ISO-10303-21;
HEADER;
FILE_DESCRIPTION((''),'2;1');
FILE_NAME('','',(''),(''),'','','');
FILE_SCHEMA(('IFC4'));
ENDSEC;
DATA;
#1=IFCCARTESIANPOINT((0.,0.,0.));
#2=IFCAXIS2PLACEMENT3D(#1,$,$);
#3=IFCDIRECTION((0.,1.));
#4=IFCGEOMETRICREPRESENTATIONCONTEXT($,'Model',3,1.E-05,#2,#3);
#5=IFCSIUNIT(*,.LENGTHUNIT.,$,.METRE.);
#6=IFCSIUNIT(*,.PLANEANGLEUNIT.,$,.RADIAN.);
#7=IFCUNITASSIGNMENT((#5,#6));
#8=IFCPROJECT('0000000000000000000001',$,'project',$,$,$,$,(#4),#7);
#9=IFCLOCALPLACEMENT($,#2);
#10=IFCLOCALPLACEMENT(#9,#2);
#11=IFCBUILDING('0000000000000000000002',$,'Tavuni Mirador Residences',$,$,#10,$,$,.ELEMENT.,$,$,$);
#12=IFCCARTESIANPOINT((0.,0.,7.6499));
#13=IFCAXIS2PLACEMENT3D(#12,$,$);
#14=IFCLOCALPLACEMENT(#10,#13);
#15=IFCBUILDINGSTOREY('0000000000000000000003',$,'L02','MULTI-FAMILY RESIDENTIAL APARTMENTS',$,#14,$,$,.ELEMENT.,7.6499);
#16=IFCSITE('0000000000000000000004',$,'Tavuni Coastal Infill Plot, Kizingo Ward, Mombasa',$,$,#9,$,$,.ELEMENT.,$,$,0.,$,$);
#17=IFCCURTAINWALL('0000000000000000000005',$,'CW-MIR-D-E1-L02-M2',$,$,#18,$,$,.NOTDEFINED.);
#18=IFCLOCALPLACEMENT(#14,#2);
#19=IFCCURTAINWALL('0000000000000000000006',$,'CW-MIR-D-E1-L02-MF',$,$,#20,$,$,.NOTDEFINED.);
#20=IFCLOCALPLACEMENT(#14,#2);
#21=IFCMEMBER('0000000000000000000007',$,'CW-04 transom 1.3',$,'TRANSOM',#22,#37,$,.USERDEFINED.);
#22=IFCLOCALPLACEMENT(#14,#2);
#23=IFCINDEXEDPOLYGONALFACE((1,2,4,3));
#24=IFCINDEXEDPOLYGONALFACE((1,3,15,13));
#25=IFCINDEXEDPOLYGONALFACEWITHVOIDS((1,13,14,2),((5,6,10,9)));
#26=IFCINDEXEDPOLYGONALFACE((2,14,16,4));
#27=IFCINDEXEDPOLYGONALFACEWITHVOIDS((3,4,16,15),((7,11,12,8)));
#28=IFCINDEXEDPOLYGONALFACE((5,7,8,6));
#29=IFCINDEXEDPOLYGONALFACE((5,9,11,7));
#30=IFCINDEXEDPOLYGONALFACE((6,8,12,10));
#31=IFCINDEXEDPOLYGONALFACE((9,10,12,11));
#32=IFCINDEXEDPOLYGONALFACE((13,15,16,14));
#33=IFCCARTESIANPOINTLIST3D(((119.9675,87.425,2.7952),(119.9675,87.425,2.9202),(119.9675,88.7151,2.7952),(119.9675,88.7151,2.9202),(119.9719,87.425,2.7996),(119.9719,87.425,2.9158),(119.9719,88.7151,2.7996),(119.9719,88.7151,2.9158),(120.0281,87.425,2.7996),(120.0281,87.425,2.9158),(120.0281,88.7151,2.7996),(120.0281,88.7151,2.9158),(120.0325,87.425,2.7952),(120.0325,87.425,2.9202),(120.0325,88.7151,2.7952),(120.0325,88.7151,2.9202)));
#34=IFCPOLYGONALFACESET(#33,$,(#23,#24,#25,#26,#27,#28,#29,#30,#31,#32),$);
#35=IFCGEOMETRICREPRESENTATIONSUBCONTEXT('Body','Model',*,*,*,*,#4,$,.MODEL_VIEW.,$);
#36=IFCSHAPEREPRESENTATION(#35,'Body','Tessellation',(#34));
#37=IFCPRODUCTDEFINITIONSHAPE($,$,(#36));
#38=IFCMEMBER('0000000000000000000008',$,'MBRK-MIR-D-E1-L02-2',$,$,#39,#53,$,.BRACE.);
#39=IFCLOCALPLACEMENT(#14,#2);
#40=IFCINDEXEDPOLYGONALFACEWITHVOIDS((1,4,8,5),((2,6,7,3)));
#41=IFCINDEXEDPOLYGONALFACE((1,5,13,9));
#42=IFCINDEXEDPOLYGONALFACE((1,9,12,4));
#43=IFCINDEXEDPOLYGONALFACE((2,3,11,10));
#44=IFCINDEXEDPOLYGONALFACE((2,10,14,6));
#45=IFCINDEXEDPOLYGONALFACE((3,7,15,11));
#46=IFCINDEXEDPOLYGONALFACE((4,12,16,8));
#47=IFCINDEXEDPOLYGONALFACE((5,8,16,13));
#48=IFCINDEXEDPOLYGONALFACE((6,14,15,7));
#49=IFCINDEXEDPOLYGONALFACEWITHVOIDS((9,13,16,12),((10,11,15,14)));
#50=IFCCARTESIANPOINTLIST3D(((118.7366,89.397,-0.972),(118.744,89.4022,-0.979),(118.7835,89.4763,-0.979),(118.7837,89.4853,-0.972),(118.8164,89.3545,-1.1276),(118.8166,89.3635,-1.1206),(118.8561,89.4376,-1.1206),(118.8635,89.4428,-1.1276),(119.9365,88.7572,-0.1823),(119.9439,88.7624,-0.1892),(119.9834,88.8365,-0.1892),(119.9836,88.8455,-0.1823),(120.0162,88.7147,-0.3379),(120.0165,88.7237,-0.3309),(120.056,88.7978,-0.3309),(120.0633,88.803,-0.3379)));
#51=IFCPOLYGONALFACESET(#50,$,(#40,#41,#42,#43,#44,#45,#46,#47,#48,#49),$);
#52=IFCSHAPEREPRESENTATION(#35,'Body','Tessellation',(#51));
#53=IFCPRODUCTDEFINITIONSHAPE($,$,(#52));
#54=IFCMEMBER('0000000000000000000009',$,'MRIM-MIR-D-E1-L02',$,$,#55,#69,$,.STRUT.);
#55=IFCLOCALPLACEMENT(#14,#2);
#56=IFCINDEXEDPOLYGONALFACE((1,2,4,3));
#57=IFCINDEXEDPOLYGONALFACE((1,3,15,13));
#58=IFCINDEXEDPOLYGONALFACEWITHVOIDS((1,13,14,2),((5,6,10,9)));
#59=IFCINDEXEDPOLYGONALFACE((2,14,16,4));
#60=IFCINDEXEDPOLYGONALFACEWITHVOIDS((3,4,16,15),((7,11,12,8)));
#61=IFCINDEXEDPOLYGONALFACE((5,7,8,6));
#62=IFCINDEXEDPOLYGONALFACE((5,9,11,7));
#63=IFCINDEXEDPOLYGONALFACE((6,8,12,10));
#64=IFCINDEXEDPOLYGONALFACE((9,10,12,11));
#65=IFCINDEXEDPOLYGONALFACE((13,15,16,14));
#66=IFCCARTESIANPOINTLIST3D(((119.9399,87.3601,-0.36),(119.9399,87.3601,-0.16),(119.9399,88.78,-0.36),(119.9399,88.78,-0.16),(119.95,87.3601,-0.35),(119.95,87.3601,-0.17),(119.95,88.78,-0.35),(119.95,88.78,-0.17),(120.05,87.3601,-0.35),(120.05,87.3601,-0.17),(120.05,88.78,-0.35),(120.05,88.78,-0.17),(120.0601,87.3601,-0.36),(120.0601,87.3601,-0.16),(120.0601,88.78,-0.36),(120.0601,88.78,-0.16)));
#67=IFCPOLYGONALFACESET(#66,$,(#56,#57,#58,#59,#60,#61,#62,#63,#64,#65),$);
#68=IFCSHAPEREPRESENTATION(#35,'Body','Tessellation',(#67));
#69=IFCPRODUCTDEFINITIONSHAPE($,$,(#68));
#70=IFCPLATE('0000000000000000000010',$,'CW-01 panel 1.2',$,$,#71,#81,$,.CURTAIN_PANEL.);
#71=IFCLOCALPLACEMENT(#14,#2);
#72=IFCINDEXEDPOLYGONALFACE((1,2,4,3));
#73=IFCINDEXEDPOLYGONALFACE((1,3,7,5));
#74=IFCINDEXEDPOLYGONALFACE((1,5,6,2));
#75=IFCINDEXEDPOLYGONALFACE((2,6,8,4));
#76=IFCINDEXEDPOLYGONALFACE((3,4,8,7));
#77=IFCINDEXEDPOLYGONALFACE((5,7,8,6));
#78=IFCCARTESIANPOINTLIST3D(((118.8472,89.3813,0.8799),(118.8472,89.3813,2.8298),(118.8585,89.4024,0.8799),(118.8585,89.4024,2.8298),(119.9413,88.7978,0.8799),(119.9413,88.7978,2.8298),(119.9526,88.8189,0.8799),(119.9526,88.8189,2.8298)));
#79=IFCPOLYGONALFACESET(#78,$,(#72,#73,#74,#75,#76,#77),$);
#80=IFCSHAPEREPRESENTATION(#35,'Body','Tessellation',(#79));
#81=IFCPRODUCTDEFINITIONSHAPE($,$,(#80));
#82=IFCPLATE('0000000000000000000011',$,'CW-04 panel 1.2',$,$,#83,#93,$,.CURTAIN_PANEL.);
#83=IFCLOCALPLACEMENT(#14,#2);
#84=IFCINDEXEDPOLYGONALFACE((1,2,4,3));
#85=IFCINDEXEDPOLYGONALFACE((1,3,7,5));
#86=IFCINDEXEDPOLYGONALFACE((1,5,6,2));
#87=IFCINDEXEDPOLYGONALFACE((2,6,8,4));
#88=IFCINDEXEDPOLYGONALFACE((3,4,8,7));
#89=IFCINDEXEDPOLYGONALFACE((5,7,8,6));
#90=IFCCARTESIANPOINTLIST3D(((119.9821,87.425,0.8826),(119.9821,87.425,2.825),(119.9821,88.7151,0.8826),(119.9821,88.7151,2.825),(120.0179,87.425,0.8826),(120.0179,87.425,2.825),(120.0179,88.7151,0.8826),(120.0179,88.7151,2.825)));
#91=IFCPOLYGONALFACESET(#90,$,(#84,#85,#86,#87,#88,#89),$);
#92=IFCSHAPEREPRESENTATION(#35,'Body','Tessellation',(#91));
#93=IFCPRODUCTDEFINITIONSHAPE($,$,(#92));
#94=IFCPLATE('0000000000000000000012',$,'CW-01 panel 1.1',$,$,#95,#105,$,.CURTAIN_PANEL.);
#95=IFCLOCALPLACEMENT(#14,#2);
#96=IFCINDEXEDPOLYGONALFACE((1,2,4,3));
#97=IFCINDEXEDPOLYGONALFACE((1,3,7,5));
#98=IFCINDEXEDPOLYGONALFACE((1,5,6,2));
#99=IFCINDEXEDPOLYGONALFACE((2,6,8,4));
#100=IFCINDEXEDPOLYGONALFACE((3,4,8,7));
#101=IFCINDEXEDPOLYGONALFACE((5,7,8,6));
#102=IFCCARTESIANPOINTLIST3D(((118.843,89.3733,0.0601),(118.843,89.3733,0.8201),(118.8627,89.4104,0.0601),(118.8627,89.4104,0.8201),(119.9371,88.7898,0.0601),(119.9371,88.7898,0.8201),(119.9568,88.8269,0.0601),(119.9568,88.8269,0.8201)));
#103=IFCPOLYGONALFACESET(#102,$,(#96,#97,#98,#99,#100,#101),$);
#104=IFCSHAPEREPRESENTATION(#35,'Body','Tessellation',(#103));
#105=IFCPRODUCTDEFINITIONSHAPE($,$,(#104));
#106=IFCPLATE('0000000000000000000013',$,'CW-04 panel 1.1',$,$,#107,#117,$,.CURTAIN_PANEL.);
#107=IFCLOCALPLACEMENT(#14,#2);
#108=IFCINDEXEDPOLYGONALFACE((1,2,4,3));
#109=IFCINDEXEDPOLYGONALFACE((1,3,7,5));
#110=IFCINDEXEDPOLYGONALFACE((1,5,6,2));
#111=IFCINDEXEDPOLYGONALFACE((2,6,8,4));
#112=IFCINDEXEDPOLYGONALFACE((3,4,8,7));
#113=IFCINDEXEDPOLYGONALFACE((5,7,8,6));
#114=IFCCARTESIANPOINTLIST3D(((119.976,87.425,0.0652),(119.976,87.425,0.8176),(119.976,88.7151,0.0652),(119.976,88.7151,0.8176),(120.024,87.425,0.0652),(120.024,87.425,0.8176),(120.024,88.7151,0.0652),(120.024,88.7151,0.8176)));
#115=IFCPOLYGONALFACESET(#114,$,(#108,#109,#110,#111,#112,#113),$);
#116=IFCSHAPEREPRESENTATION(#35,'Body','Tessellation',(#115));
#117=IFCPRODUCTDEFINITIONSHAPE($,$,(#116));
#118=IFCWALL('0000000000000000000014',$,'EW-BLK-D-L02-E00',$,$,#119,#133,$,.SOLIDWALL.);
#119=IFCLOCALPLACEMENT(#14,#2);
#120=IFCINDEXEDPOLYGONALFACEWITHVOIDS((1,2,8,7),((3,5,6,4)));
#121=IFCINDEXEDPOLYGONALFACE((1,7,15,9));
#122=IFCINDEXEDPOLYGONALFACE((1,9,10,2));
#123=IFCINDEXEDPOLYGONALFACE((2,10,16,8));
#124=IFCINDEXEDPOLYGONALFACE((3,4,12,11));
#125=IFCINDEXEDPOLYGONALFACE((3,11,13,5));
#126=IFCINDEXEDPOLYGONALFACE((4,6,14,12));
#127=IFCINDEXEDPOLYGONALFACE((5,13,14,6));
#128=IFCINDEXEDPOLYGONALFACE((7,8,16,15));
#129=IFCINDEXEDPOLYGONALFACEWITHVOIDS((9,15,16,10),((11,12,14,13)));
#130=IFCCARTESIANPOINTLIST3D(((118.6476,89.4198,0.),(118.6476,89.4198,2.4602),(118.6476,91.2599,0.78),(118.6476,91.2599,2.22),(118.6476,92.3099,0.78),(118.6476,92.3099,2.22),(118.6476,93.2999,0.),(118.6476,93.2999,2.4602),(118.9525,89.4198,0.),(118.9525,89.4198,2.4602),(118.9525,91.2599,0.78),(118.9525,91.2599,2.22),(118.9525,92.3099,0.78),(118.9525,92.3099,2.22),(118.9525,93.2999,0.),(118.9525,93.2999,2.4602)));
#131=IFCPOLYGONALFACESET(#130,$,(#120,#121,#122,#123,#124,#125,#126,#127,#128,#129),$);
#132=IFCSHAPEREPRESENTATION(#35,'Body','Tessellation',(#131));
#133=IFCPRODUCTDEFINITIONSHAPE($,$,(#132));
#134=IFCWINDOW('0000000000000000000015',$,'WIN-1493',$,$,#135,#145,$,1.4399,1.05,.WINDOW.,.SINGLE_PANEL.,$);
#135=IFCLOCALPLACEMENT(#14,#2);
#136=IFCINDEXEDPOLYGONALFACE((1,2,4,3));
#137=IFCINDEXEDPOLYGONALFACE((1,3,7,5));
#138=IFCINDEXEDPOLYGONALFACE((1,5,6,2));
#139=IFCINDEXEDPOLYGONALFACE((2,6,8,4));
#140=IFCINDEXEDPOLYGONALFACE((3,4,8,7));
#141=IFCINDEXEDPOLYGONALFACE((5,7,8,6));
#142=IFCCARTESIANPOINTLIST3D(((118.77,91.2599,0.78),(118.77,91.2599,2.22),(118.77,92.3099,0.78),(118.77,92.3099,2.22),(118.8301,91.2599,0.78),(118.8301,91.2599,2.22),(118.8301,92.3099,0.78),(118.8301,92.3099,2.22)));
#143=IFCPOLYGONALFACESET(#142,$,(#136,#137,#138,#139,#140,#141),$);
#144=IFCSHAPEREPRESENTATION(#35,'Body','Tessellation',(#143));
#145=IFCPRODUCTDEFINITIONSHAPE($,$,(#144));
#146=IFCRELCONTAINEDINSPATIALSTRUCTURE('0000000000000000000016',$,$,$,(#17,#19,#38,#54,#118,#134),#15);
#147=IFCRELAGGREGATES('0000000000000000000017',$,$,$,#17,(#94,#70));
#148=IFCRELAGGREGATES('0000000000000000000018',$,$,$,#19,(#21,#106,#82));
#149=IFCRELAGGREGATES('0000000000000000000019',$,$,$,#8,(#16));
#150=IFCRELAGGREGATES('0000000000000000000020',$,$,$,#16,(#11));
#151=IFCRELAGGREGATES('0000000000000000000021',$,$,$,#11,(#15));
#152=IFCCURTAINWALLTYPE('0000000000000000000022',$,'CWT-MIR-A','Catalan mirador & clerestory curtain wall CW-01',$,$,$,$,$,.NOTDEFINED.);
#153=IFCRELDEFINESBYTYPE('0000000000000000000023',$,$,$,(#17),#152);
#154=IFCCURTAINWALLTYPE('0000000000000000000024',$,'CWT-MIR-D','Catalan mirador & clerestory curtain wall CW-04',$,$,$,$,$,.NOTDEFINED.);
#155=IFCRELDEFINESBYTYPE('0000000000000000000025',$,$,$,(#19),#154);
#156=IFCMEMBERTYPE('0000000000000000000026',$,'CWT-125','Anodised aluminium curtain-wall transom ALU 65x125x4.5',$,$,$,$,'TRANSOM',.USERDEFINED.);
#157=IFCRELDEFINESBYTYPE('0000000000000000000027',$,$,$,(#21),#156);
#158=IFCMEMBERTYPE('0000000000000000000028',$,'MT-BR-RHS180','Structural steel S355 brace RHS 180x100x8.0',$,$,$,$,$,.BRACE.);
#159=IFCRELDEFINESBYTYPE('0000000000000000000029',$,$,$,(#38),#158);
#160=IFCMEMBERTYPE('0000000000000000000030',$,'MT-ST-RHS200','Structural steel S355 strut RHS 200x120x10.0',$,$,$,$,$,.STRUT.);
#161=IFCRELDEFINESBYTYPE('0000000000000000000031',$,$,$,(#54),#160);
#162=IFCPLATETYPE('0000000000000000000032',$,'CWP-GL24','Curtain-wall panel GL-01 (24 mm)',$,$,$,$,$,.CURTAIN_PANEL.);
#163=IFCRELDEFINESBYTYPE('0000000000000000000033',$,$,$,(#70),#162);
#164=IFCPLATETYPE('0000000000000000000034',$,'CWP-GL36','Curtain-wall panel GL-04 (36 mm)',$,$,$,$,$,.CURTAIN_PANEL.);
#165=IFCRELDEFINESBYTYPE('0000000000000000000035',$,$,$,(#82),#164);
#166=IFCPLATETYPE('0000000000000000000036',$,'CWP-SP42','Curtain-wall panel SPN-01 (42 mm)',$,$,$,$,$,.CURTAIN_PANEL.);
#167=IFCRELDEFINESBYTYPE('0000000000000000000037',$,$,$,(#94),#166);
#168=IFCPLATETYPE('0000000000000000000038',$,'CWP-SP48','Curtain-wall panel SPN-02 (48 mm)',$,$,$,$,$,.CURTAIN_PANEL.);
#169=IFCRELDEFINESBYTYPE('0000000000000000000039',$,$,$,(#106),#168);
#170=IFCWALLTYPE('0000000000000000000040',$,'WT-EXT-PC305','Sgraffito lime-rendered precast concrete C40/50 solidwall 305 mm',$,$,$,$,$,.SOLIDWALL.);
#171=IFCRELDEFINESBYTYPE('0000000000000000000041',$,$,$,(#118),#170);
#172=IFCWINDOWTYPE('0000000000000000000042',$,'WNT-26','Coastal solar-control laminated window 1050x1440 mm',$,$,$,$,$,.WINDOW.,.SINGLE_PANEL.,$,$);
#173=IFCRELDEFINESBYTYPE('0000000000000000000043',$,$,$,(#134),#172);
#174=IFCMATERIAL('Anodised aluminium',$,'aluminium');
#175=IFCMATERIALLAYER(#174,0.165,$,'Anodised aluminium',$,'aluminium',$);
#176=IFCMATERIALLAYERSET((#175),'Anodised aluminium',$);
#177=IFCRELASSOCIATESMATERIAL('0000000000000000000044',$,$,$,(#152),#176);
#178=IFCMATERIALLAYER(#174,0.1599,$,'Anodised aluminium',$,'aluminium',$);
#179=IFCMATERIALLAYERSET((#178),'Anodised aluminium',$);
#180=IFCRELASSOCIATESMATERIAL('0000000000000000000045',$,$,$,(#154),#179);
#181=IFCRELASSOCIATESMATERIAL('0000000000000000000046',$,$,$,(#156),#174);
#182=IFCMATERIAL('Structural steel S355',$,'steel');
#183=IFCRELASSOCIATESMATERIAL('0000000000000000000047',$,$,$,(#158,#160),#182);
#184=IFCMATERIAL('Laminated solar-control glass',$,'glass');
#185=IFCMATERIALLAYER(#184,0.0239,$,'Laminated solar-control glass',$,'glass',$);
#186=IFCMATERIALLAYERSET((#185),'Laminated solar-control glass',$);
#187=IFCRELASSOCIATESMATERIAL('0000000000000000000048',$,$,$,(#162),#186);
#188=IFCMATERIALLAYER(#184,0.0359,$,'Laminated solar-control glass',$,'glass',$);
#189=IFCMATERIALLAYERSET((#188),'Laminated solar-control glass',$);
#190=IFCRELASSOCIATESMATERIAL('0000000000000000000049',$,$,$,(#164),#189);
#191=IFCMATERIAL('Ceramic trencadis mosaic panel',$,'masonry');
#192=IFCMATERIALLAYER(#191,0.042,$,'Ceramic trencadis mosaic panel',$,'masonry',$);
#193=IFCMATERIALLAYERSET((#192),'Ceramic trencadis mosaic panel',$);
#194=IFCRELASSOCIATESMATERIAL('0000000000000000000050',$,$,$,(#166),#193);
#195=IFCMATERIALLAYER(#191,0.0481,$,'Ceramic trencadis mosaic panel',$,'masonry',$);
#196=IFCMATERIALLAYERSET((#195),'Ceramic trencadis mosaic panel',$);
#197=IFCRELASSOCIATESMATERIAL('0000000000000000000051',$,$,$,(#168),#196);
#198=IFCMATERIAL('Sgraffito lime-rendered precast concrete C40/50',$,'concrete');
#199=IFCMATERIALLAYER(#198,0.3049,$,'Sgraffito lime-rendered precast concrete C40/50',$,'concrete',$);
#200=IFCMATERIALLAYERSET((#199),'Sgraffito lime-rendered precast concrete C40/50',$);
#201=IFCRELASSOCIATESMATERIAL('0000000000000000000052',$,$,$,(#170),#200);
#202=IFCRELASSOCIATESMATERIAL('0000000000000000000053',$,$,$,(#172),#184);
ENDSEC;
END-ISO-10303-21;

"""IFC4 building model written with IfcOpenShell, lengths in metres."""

from ifc_helpers import new_model, si_unit, direction, frame, frame_2d, origin, origin_2d, place, context, subcontext, project, spatial, rectangle, hollow_rectangle, extrude, material, layer, layer_set, material_profile, profile_set, type_object, element, fill, aggregate, save


model = new_model("IFC4")

# Units and contexts
model_context = context("Model", 3, precision=1e-05, world=origin(), true_north=direction((0.0, 1.0)))
body_context = subcontext(model_context, "Body", "Model", "MODEL_VIEW")
ifc_project = project(units=[si_unit("LENGTHUNIT", "METRE"), si_unit("PLANEANGLEUNIT", "RADIAN")], contexts=[model_context])

# Site, building, storey
site_placement = place(None, origin())
site = spatial("IfcSite", under=ifc_project, at=site_placement, Name="Tavuni Coastal Infill Plot, Kizingo Ward, Mombasa", CompositionType="ELEMENT", RefElevation=0.0)
building_placement = place(site_placement, origin())
building = spatial("IfcBuilding", under=site, at=building_placement, Name="Tavuni Mirador Residences", CompositionType="ELEMENT")
storey_placement = place(building_placement, frame((0.0, 0.0, 7.6499)))
storey = spatial("IfcBuildingStorey", under=building, at=storey_placement, Name="L02", Description="MULTI-FAMILY RESIDENTIAL APARTMENTS", CompositionType="ELEMENT", Elevation=7.6499)

# Shared definitions
ifc_material_1 = material(Name="Anodised aluminium", Category="aluminium")

# Curtain walls
ifc_layer_1 = layer(ifc_material_1, 0.165, Name="Anodised aluminium", Category="aluminium")
ifc_layer_set_1 = layer_set([ifc_layer_1], Name="Anodised aluminium")
curtain_wall_type_1 = type_object("IfcCurtainWallType", Name="CWT-MIR-A", Description="Catalan mirador & clerestory curtain wall CW-01", PredefinedType="NOTDEFINED", material=ifc_layer_set_1)
curtain_wall_1_placement = place(storey_placement, origin())
curtain_wall_1 = element("IfcCurtainWall", 1, at=curtain_wall_1_placement, inside=storey, type_object=curtain_wall_type_1, Name="CW-MIR-D-E1-L02-M2", PredefinedType="NOTDEFINED")
ifc_layer_2 = layer(ifc_material_1, 0.1599, Name="Anodised aluminium", Category="aluminium")
ifc_layer_set_2 = layer_set([ifc_layer_2], Name="Anodised aluminium")
curtain_wall_type_2 = type_object("IfcCurtainWallType", Name="CWT-MIR-D", Description="Catalan mirador & clerestory curtain wall CW-04", PredefinedType="NOTDEFINED", material=ifc_layer_set_2)
curtain_wall_2_placement = place(storey_placement, origin())
curtain_wall_2 = element("IfcCurtainWall", 2, at=curtain_wall_2_placement, inside=storey, type_object=curtain_wall_type_2, Name="CW-MIR-D-E1-L02-MF", PredefinedType="NOTDEFINED")

# Member
ifc_material_profile_1 = material_profile(ifc_material_1, hollow_rectangle(XDim=0.0649, YDim=0.125, WallThickness=0.0044, at=origin_2d()), Name="ALU 65x125x4.5", Category="aluminium")
ifc_profile_set_1 = profile_set([ifc_material_profile_1], Name="Anodised aluminium")
member_type_1 = type_object("IfcMemberType", Name="CWT-125", Description="Anodised aluminium curtain-wall transom ALU 65x125x4.5", ElementType="TRANSOM", PredefinedType="USERDEFINED", material=ifc_profile_set_1)
member_1_placement = place(storey_placement, frame((120.0, 87.425, 2.8577), z_axis=(0.0, 1.0, 0.0), x_axis=(-1.0, 0.0, 0.0)))
member_1 = element("IfcMember", 3, at=member_1_placement, type_object=member_type_1, Name="CW-04 transom 1.3", ObjectType="TRANSOM", PredefinedType="USERDEFINED", context=body_context, shape_type="SweptSolid", body=[
    extrude(hollow_rectangle(XDim=0.0649, YDim=0.125, WallThickness=0.0044, at=origin_2d()), origin(), (0.0, 0.0, 1.0), 1.29),
])

# Members
ifc_material_2 = material(Name="Structural steel S355", Category="steel")
ifc_material_profile_2 = material_profile(ifc_material_2, hollow_rectangle(XDim=0.1001, YDim=0.1799, WallThickness=0.0081, at=origin_2d()), Name="RHS 180x100x8.0", Category="steel")
ifc_profile_set_2 = profile_set([ifc_material_profile_2], Name="Structural steel S355")
member_type_2 = type_object("IfcMemberType", Name="MT-BR-RHS180", Description="Structural steel S355 brace RHS 180x100x8.0", PredefinedType="BRACE", material=ifc_profile_set_2)
member_2_placement = place(storey_placement, frame((118.8, 89.4199, -1.0498), z_axis=(0.763029, -0.406897, 0.502217), x_axis=(0.470542, 0.882378, 0.0)))
element("IfcMember", 4, at=member_2_placement, inside=storey, type_object=member_type_2, Name="MBRK-MIR-D-E1-L02-2", PredefinedType="BRACE", context=body_context, shape_type="SweptSolid", body=[
    extrude(hollow_rectangle(XDim=0.1001, YDim=0.1799, WallThickness=0.0081, at=origin_2d()), origin(), (0.0, 0.0, 1.0), 1.5725),
])
ifc_material_profile_3 = material_profile(ifc_material_2, hollow_rectangle(XDim=0.1201, YDim=0.2, WallThickness=0.01, at=origin_2d()), Name="RHS 200x120x10.0", Category="steel")
ifc_profile_set_3 = profile_set([ifc_material_profile_3], Name="Structural steel S355")
member_type_3 = type_object("IfcMemberType", Name="MT-ST-RHS200", Description="Structural steel S355 strut RHS 200x120x10.0", PredefinedType="STRUT", material=ifc_profile_set_3)
member_3_placement = place(storey_placement, frame((120.0, 87.3601, -0.26), z_axis=(0.0, 1.0, 0.0), x_axis=(-1.0, 0.0, 0.0)))
element("IfcMember", 5, at=member_3_placement, inside=storey, type_object=member_type_3, Name="MRIM-MIR-D-E1-L02", PredefinedType="STRUT", context=body_context, shape_type="SweptSolid", body=[
    extrude(hollow_rectangle(XDim=0.1201, YDim=0.2, WallThickness=0.01, at=origin_2d()), origin(), (0.0, 0.0, 1.0), 1.4199),
])

# Plates
ifc_material_3 = material(Name="Laminated solar-control glass", Category="glass")
ifc_layer_3 = layer(ifc_material_3, 0.0239, Name="Laminated solar-control glass", Category="glass")
ifc_layer_set_3 = layer_set([ifc_layer_3], Name="Laminated solar-control glass")
plate_type_1 = type_object("IfcPlateType", Name="CWP-GL24", Description="Curtain-wall panel GL-01 (24 mm)", PredefinedType="CURTAIN_PANEL", material=ifc_layer_set_3)
plate_1_placement = place(storey_placement, frame((119.3999, 89.1001, 0.8799), z_axis=(0.0, 0.0, 1.0), x_axis=(-0.882353, 0.470588, 0.0)))
plate_1 = element("IfcPlate", 6, at=plate_1_placement, type_object=plate_type_1, Name="CW-01 panel 1.2", PredefinedType="CURTAIN_PANEL", context=body_context, shape_type="SweptSolid", body=[
    extrude(rectangle(XDim=1.24, YDim=0.0239, at=origin_2d()), origin(), (0.0, 0.0, 1.0), 1.95),
])
ifc_layer_4 = layer(ifc_material_3, 0.0359, Name="Laminated solar-control glass", Category="glass")
ifc_layer_set_4 = layer_set([ifc_layer_4], Name="Laminated solar-control glass")
plate_type_2 = type_object("IfcPlateType", Name="CWP-GL36", Description="Curtain-wall panel GL-04 (36 mm)", PredefinedType="CURTAIN_PANEL", material=ifc_layer_set_4)
plate_2_placement = place(storey_placement, frame((120.0, 88.0701, 0.8826), z_axis=(0.0, 0.0, 1.0), x_axis=(0.0, 1.0, 0.0)))
plate_2 = element("IfcPlate", 7, at=plate_2_placement, type_object=plate_type_2, Name="CW-04 panel 1.2", PredefinedType="CURTAIN_PANEL", context=body_context, shape_type="SweptSolid", body=[
    extrude(rectangle(XDim=1.29, YDim=0.0359, at=origin_2d()), origin(), (0.0, 0.0, 1.0), 1.9424),
])
ifc_material_4 = material(Name="Ceramic trencadis mosaic panel", Category="masonry")
ifc_layer_5 = layer(ifc_material_4, 0.042, Name="Ceramic trencadis mosaic panel", Category="masonry")
ifc_layer_set_5 = layer_set([ifc_layer_5], Name="Ceramic trencadis mosaic panel")
plate_type_3 = type_object("IfcPlateType", Name="CWP-SP42", Description="Curtain-wall panel SPN-01 (42 mm)", PredefinedType="CURTAIN_PANEL", material=ifc_layer_set_5)
plate_3_placement = place(storey_placement, frame((119.3999, 89.1001, 0.0601), z_axis=(0.0, 0.0, 1.0), x_axis=(-0.882353, 0.470588, 0.0)))
plate_3 = element("IfcPlate", 8, at=plate_3_placement, type_object=plate_type_3, Name="CW-01 panel 1.1", PredefinedType="CURTAIN_PANEL", context=body_context, shape_type="SweptSolid", body=[
    extrude(rectangle(XDim=1.24, YDim=0.042, at=origin_2d()), origin(), (0.0, 0.0, 1.0), 0.76),
])
aggregate(curtain_wall_1, [plate_3, plate_1])
ifc_layer_6 = layer(ifc_material_4, 0.0481, Name="Ceramic trencadis mosaic panel", Category="masonry")
ifc_layer_set_6 = layer_set([ifc_layer_6], Name="Ceramic trencadis mosaic panel")
plate_type_4 = type_object("IfcPlateType", Name="CWP-SP48", Description="Curtain-wall panel SPN-02 (48 mm)", PredefinedType="CURTAIN_PANEL", material=ifc_layer_set_6)
plate_4_placement = place(storey_placement, frame((120.0, 88.0701, 0.0652), z_axis=(0.0, 0.0, 1.0), x_axis=(0.0, 1.0, 0.0)))
plate_4 = element("IfcPlate", 9, at=plate_4_placement, type_object=plate_type_4, Name="CW-04 panel 1.1", PredefinedType="CURTAIN_PANEL", context=body_context, shape_type="SweptSolid", body=[
    extrude(rectangle(XDim=1.29, YDim=0.0481, at=origin_2d()), origin(), (0.0, 0.0, 1.0), 0.7524),
])
aggregate(curtain_wall_2, [member_1, plate_4, plate_2])

# Wall, opening, window
ifc_material_5 = material(Name="Sgraffito lime-rendered precast concrete C40/50", Category="concrete")
ifc_layer_7 = layer(ifc_material_5, 0.3049, Name="Sgraffito lime-rendered precast concrete C40/50", Category="concrete")
ifc_layer_set_7 = layer_set([ifc_layer_7], Name="Sgraffito lime-rendered precast concrete C40/50")
wall_type_1 = type_object("IfcWallType", Name="WT-EXT-PC305", Description="Sgraffito lime-rendered precast concrete C40/50 solidwall 305 mm", PredefinedType="SOLIDWALL", material=ifc_layer_set_7)
wall_1_placement = place(storey_placement, frame((118.8, 89.4199, 0.0), z_axis=(0.0, 0.0, 1.0), x_axis=(0.0, 1.0, 0.0)))
wall_1 = element("IfcWall", 10, at=wall_1_placement, inside=storey, type_object=wall_type_1, Name="EW-BLK-D-L02-E00", PredefinedType="SOLIDWALL", context=body_context, shape_type="SweptSolid", body=[
    extrude(rectangle(XDim=3.8801, YDim=0.3049, at=frame_2d((1.9399, 0.0))), origin(), (0.0, 0.0, 1.0), 2.4602),
])
opening_1_placement = place(wall_1_placement, frame((1.8401, 0.0, 0.78)))
opening_1 = element("IfcOpeningElement", 11, at=opening_1_placement, cuts=wall_1, PredefinedType="OPENING", context=body_context, shape_type="SweptSolid", body=[
    extrude(rectangle(XDim=1.05, YDim=1.4399, at=frame_2d((0.5249, 0.72))), frame((0.0, 0.1626, 0.0), z_axis=(0.0, -1.0, 0.0), x_axis=(1.0, 0.0, 0.0)), (0.0, 0.0, 1.0), 0.325),
])
window_type = type_object("IfcWindowType", Name="WNT-26", Description="Coastal solar-control laminated window 1050x1440 mm", PartitioningType="SINGLE_PANEL", PredefinedType="WINDOW", material=ifc_material_3)
window_placement = place(opening_1_placement, origin())
window = element("IfcWindow", 12, at=window_placement, inside=storey, type_object=window_type, Name="WIN-1493", OverallHeight=1.4399, OverallWidth=1.05, PartitioningType="SINGLE_PANEL", PredefinedType="WINDOW", context=body_context, shape_type="SweptSolid", body=[
    extrude(rectangle(XDim=1.05, YDim=1.4399, at=frame_2d((0.5249, 0.72))), frame((0.0, 0.03, 0.0), z_axis=(0.0, -1.0, 0.0), x_axis=(1.0, 0.0, 0.0)), (0.0, 0.0, 1.0), 0.0601),
])
fill(opening_1, window)

save(model, "model.ifc")
